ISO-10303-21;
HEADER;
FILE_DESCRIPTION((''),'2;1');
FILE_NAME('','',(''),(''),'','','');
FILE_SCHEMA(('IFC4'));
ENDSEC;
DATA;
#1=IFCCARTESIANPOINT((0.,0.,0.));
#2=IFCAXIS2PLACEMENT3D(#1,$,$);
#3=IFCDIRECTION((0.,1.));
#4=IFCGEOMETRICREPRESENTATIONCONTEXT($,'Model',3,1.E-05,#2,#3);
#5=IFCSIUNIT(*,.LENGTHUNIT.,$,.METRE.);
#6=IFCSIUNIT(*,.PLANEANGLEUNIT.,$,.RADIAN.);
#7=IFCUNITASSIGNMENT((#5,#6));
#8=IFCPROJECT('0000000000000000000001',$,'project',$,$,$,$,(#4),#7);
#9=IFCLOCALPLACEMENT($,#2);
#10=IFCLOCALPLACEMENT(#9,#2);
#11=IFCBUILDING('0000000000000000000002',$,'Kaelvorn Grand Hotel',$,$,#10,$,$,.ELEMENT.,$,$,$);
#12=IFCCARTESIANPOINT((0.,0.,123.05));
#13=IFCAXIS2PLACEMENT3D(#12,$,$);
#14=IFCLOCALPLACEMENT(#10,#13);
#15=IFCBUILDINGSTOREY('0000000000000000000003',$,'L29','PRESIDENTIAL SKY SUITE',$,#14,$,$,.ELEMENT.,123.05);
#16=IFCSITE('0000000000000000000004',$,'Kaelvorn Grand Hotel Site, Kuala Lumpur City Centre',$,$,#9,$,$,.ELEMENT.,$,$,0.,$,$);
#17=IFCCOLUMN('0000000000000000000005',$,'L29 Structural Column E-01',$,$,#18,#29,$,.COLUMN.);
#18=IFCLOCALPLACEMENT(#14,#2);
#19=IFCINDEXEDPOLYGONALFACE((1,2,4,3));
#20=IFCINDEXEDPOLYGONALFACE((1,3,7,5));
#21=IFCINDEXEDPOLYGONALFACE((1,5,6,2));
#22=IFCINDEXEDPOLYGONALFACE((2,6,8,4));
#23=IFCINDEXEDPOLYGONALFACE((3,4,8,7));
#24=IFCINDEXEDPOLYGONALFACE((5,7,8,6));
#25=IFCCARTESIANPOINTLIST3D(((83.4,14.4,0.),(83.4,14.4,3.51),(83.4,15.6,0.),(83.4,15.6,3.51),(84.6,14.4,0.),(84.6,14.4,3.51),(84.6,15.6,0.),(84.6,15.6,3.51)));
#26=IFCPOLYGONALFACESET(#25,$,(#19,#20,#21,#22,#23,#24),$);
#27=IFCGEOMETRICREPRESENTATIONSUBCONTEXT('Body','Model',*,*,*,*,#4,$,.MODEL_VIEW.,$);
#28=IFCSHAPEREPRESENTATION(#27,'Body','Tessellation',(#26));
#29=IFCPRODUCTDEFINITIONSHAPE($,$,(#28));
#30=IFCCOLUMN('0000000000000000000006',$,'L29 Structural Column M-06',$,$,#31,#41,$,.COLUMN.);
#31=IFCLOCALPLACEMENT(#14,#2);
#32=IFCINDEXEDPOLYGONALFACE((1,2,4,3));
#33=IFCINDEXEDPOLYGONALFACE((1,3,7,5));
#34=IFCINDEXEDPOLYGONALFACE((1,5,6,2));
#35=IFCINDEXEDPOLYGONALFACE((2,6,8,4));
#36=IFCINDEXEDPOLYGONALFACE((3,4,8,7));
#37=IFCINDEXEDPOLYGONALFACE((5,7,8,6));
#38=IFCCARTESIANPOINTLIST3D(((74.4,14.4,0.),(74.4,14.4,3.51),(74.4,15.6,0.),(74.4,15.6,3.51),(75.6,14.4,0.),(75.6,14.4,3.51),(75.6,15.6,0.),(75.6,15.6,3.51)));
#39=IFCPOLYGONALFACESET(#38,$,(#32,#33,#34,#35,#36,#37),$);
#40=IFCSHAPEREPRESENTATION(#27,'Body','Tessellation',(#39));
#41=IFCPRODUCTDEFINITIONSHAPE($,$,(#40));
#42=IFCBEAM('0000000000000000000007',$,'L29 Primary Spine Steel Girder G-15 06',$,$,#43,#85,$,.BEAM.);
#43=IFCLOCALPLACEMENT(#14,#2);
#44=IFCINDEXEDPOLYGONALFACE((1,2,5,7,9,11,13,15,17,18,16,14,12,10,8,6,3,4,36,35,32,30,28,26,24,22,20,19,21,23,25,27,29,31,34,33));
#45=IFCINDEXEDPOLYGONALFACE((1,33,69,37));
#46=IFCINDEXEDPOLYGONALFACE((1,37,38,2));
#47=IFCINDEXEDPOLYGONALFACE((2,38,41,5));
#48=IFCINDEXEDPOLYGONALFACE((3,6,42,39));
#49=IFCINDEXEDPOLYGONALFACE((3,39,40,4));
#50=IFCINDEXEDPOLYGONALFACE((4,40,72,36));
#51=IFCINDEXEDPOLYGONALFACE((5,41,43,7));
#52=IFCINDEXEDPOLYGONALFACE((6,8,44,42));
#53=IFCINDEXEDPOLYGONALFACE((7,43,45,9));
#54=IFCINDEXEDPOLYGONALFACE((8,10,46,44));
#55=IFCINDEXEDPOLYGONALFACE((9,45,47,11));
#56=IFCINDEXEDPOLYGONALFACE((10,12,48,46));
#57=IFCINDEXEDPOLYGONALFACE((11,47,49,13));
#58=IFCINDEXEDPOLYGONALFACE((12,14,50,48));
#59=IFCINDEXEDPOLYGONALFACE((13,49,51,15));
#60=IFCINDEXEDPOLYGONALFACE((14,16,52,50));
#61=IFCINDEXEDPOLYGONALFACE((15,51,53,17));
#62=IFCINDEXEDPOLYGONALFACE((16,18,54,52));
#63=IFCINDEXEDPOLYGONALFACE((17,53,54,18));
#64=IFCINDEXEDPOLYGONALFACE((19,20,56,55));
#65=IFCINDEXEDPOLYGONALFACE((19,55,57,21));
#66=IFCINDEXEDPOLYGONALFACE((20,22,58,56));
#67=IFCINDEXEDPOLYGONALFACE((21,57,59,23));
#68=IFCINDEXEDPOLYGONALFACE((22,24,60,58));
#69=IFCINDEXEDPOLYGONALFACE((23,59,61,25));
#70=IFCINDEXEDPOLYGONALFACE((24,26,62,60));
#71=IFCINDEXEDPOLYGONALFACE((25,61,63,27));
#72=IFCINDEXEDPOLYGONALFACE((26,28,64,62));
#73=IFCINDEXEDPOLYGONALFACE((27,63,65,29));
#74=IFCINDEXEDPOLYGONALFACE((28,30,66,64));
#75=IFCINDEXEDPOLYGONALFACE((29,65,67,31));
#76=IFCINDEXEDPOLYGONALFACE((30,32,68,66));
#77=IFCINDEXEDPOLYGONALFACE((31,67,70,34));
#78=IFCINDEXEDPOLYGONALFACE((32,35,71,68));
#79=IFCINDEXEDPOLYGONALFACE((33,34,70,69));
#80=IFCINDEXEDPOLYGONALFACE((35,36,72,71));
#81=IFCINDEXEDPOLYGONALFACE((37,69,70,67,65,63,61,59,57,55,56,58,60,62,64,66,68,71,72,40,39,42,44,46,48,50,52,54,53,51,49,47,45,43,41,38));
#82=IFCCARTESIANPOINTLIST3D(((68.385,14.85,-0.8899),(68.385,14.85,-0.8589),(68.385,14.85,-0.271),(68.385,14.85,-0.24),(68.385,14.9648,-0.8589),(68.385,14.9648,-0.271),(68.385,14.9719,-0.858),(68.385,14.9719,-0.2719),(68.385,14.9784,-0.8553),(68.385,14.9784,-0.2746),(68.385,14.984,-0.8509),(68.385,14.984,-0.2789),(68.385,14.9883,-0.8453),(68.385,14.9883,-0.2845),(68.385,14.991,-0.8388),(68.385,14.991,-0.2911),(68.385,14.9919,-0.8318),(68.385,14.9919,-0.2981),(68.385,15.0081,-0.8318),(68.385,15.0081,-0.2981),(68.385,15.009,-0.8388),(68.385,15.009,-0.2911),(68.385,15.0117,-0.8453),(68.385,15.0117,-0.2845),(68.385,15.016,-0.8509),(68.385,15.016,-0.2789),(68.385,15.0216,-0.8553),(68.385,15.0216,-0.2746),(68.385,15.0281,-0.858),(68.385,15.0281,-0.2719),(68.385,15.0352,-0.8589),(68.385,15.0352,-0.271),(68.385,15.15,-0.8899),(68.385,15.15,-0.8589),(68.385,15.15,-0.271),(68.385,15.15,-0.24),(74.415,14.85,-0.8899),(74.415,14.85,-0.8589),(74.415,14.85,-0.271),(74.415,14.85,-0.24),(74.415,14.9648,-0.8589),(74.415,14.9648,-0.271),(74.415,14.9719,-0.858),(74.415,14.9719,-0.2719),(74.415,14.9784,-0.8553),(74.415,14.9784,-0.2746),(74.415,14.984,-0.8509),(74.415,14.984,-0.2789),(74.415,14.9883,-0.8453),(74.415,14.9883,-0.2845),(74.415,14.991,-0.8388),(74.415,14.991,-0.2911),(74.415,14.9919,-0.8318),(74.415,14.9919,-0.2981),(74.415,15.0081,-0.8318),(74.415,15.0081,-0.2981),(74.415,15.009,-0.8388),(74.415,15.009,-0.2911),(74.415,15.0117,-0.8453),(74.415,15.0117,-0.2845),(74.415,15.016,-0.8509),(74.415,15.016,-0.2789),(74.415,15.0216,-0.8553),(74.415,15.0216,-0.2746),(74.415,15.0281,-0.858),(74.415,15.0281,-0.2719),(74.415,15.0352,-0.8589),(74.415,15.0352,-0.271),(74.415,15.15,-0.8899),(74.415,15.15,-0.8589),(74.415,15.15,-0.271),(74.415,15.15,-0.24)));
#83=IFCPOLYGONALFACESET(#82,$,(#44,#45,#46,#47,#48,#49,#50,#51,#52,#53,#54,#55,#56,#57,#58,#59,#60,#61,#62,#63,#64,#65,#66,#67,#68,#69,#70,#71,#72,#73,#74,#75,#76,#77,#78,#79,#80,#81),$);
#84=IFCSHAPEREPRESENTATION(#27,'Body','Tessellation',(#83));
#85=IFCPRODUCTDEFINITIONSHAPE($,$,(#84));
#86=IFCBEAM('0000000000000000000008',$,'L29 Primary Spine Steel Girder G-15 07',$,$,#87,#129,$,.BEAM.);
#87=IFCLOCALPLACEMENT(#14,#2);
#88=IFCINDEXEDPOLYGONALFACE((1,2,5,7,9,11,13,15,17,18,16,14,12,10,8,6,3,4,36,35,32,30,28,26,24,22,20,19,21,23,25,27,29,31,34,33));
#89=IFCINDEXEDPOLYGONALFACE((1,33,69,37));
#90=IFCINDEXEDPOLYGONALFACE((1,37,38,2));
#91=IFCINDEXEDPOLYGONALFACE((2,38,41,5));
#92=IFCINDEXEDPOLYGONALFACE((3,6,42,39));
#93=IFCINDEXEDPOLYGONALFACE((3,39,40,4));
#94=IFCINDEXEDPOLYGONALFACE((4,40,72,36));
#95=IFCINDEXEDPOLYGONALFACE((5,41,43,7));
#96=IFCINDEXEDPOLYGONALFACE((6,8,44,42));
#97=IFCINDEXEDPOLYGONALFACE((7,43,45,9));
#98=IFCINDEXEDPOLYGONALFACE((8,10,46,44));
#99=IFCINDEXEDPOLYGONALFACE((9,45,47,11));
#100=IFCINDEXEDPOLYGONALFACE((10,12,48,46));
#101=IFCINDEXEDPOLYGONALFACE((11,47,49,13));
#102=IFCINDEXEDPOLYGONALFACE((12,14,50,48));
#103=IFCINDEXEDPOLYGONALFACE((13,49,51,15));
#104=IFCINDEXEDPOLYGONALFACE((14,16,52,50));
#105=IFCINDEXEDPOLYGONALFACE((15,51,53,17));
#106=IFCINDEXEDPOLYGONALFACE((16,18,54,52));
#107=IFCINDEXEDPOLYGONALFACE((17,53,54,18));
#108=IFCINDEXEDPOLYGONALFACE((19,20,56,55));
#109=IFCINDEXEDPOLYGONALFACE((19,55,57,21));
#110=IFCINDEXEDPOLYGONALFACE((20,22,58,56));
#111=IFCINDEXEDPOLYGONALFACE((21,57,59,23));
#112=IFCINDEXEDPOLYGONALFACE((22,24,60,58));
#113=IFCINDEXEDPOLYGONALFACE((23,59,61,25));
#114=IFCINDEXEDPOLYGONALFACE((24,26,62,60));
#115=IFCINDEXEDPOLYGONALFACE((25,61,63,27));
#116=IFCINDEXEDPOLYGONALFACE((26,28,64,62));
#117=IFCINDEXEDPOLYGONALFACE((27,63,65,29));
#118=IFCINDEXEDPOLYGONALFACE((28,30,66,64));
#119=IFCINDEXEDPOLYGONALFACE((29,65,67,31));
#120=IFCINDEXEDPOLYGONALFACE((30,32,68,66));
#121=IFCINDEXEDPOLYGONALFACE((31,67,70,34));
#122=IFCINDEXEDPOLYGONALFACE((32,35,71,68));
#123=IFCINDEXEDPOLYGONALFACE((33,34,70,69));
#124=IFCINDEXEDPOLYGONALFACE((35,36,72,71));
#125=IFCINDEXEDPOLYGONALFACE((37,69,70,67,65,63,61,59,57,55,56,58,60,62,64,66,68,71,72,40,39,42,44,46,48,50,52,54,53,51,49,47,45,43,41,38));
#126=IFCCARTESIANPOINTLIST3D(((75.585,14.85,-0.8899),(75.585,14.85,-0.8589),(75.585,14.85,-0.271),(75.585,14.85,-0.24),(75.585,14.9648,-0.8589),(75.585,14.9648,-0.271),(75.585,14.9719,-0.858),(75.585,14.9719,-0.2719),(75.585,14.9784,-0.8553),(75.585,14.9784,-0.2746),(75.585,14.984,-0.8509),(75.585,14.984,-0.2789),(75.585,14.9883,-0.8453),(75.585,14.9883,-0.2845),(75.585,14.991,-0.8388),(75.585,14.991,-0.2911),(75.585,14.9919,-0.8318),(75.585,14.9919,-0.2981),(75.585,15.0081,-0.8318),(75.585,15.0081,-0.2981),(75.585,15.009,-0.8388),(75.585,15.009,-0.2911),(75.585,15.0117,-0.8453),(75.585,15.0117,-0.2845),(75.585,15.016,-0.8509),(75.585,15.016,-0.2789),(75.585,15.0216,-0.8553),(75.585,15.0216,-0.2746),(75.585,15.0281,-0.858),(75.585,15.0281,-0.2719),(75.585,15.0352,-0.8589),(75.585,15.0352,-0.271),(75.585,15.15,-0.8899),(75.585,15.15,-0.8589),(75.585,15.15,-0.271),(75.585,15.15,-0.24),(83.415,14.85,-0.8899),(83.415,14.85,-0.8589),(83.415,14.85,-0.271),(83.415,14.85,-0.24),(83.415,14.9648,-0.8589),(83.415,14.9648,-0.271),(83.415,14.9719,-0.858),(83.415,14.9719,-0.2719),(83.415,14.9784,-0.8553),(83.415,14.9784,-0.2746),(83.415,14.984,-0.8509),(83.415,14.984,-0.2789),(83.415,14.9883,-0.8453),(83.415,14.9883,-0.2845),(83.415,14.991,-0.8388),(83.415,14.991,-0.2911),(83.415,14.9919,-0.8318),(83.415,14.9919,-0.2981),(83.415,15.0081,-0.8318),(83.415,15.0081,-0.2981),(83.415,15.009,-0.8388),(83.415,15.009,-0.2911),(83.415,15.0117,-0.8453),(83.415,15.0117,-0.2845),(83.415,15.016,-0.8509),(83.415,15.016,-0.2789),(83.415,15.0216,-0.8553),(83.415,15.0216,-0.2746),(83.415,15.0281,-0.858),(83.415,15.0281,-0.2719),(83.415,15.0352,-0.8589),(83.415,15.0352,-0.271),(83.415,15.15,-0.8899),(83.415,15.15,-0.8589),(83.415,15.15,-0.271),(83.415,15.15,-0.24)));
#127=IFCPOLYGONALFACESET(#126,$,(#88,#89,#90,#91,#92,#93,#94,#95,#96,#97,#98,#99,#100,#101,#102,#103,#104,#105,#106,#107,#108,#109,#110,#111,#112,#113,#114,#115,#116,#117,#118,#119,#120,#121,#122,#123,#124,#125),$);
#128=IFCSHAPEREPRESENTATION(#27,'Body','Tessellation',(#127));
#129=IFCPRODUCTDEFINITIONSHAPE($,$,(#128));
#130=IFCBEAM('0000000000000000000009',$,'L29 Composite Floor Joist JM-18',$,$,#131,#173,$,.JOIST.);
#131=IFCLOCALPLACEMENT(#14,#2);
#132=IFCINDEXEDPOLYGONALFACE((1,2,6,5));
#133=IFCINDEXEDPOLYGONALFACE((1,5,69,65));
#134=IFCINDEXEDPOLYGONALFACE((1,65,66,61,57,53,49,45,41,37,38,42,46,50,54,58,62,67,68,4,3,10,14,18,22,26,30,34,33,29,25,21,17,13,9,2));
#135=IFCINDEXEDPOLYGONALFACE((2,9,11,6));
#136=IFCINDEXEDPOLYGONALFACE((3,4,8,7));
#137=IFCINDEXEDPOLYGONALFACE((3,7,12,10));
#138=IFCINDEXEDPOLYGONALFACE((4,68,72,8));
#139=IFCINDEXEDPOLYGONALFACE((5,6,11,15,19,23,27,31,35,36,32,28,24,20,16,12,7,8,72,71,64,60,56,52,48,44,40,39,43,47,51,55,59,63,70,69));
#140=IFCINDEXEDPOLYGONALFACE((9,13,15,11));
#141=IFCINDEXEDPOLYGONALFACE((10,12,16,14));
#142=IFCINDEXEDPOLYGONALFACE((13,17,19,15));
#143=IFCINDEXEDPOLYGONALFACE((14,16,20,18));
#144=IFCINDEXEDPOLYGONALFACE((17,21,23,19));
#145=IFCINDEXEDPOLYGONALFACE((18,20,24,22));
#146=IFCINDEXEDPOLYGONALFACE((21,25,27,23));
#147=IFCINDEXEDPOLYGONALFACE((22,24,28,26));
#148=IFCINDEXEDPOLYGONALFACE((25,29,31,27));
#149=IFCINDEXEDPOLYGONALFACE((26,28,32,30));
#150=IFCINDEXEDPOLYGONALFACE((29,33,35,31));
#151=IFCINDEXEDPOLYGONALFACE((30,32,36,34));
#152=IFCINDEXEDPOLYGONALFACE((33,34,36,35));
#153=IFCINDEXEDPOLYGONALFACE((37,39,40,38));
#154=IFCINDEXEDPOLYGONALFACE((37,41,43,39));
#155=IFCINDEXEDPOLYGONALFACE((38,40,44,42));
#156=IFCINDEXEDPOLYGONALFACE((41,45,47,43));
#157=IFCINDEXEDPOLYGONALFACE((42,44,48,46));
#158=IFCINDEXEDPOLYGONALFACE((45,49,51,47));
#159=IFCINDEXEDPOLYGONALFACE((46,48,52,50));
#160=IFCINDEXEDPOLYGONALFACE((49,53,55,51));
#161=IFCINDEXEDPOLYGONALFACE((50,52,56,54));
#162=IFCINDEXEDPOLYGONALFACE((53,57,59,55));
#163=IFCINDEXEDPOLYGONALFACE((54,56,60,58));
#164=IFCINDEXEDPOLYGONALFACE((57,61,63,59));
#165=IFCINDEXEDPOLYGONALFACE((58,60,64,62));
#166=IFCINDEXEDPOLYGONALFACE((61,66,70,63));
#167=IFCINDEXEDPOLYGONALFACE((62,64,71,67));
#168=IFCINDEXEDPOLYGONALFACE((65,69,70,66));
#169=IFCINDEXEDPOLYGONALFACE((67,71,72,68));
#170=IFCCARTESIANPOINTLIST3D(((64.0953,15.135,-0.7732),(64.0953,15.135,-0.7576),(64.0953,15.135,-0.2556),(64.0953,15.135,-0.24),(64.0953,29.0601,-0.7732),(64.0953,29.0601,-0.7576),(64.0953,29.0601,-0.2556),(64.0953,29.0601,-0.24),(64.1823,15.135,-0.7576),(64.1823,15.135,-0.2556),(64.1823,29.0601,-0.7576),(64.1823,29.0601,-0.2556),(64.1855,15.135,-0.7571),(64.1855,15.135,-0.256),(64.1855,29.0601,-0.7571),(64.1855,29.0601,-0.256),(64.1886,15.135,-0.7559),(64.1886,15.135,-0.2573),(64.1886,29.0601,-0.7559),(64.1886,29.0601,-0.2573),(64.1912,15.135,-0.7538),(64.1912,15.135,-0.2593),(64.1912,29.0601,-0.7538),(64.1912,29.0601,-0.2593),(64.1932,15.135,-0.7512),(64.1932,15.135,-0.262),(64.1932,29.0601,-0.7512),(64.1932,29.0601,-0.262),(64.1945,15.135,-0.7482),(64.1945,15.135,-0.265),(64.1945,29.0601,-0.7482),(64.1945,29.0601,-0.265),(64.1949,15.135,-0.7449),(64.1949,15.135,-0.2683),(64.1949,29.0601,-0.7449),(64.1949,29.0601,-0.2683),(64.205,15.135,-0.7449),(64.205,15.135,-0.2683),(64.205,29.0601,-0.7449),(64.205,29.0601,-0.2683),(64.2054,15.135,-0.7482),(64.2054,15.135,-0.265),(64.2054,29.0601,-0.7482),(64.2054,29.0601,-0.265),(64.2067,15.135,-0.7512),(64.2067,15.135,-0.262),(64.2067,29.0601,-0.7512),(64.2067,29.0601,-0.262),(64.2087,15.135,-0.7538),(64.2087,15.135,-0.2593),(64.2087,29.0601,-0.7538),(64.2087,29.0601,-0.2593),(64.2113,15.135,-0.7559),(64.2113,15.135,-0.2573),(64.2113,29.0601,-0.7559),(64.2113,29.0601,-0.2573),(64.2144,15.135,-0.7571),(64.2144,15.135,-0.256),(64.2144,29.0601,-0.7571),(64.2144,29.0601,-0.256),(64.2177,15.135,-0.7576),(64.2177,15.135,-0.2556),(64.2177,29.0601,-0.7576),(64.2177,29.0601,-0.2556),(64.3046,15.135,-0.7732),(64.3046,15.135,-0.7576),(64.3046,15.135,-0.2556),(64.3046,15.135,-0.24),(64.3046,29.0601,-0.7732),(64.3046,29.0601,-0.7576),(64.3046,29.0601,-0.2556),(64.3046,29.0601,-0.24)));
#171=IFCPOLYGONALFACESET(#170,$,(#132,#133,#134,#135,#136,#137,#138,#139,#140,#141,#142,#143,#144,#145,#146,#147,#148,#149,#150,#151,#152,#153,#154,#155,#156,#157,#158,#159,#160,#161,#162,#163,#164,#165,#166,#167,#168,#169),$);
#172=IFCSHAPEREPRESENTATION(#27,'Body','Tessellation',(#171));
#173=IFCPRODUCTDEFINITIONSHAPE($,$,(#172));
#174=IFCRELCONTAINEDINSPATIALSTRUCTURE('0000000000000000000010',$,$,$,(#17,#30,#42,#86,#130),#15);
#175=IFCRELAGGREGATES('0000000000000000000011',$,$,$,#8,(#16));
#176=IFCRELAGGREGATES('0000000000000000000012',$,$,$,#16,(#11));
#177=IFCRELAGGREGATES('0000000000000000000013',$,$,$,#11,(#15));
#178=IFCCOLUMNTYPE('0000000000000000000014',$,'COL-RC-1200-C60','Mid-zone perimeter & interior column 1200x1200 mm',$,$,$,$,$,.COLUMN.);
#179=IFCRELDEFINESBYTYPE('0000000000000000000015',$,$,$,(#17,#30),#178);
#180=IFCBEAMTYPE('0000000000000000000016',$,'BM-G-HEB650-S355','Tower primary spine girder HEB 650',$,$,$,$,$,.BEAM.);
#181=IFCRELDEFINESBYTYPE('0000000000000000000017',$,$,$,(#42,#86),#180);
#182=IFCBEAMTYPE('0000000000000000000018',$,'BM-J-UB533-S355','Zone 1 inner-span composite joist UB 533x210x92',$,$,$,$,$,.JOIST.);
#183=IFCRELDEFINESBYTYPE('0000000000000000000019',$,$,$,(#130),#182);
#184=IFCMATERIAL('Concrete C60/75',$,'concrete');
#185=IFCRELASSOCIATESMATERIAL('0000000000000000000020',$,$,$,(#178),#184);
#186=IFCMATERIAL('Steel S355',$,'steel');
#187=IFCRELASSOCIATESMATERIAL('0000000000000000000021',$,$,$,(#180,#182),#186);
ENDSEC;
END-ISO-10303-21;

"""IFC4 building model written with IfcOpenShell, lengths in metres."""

from ifc_helpers import new_model, si_unit, direction, frame, origin, origin_2d, place, context, subcontext, project, spatial, rectangle, i_section, extrude, material, material_profile, profile_set, type_object, element, save


model = new_model("IFC4")

# Units and contexts
model_context = context("Model", 3, precision=1e-05, world=origin(), true_north=direction((0.0, 1.0)))
body_context = subcontext(model_context, "Body", "Model", "MODEL_VIEW")
ifc_project = project(units=[si_unit("LENGTHUNIT", "METRE"), si_unit("PLANEANGLEUNIT", "RADIAN")], contexts=[model_context])

# Site, building, storey
site_placement = place(None, origin())
site = spatial("IfcSite", under=ifc_project, at=site_placement, Name="Kaelvorn Grand Hotel Site, Kuala Lumpur City Centre", CompositionType="ELEMENT", RefElevation=0.0)
building_placement = place(site_placement, origin())
building = spatial("IfcBuilding", under=site, at=building_placement, Name="Kaelvorn Grand Hotel", CompositionType="ELEMENT")
storey_placement = place(building_placement, frame((0.0, 0.0, 123.05)))
storey = spatial("IfcBuildingStorey", under=building, at=storey_placement, Name="L29", Description="PRESIDENTIAL SKY SUITE", CompositionType="ELEMENT", Elevation=123.05)

# Columns
ifc_material_1 = material(Name="Concrete C60/75", Category="concrete")
ifc_material_profile_1 = material_profile(ifc_material_1, rectangle(XDim=1.2, YDim=1.2, at=origin_2d()), Name="RC COL 1200x1200")
ifc_profile_set_1 = profile_set([ifc_material_profile_1], Name="Concrete C60/75")
column_type = type_object("IfcColumnType", Name="COL-RC-1200-C60", Description="Mid-zone perimeter & interior column 1200x1200 mm", PredefinedType="COLUMN", material=ifc_profile_set_1)
for number, where, z_axis, x_axis, name in (
    (1, (84.0, 15.0, 0.0), (0.0, 0.0, 1.0), (1.0, 0.0, 0.0), "L29 Structural Column E-01"),
    (2, (75.0, 15.0, 0.0), (0.0, 0.0, 1.0), (1.0, 0.0, 0.0), "L29 Structural Column M-06"),
):
    element("IfcColumn", number, at=place(storey_placement, frame(where, z_axis=z_axis, x_axis=x_axis)), inside=storey, type_object=column_type, Name=name, PredefinedType="COLUMN", context=body_context, shape_type="SweptSolid", body=[
        extrude(rectangle(XDim=1.2, YDim=1.2, at=origin_2d()), origin(), (0.0, 0.0, 1.0), 3.51),
    ])

# Beams
ifc_material_2 = material(Name="Steel S355", Category="steel")
ifc_material_profile_2 = material_profile(ifc_material_2, i_section(OverallWidth=0.3, OverallDepth=0.6499, WebThickness=0.0161, FlangeThickness=0.031, FilletRadius=0.0271, at=origin_2d()), Name="HEB 650")
ifc_profile_set_2 = profile_set([ifc_material_profile_2], Name="Steel S355")
beam_type_1 = type_object("IfcBeamType", Name="BM-G-HEB650-S355", Description="Tower primary spine girder HEB 650", PredefinedType="BEAM", material=ifc_profile_set_2)
beam_1_placement = place(storey_placement, frame((68.385, 15.0, -0.5649), z_axis=(1.0, 0.0, 0.0), x_axis=(0.0, 1.0, 0.0)))
element("IfcBeam", 3, at=beam_1_placement, inside=storey, type_object=beam_type_1, Name="L29 Primary Spine Steel Girder G-15 06", PredefinedType="BEAM", context=body_context, shape_type="SweptSolid", body=[
    extrude(i_section(OverallWidth=0.3, OverallDepth=0.6499, WebThickness=0.0161, FlangeThickness=0.031, FilletRadius=0.0271, at=origin_2d()), origin(), (0.0, 0.0, 1.0), 6.03),
])
beam_2_placement = place(storey_placement, frame((75.585, 15.0, -0.5649), z_axis=(1.0, 0.0, 0.0), x_axis=(0.0, 1.0, 0.0)))
element("IfcBeam", 4, at=beam_2_placement, inside=storey, type_object=beam_type_1, Name="L29 Primary Spine Steel Girder G-15 07", PredefinedType="BEAM", context=body_context, shape_type="SweptSolid", body=[
    extrude(i_section(OverallWidth=0.3, OverallDepth=0.6499, WebThickness=0.0161, FlangeThickness=0.031, FilletRadius=0.0271, at=origin_2d()), origin(), (0.0, 0.0, 1.0), 7.8301),
])
ifc_material_profile_3 = material_profile(ifc_material_2, i_section(OverallWidth=0.2092, OverallDepth=0.5332, WebThickness=0.01, FlangeThickness=0.0156, FilletRadius=0.0127, at=origin_2d()), Name="UB 533x210x92")
ifc_profile_set_3 = profile_set([ifc_material_profile_3], Name="Steel S355")
beam_type_2 = type_object("IfcBeamType", Name="BM-J-UB533-S355", Description="Zone 1 inner-span composite joist UB 533x210x92", PredefinedType="JOIST", material=ifc_profile_set_3)
beam_3_placement = place(storey_placement, frame((64.2, 15.135, -0.5066), z_axis=(0.0, 1.0, 0.0), x_axis=(-1.0, 0.0, 0.0)))
element("IfcBeam", 5, at=beam_3_placement, inside=storey, type_object=beam_type_2, Name="L29 Composite Floor Joist JM-18", PredefinedType="JOIST", context=body_context, shape_type="SweptSolid", body=[
    extrude(i_section(OverallWidth=0.2092, OverallDepth=0.5332, WebThickness=0.01, FlangeThickness=0.0156, FilletRadius=0.0127, at=origin_2d()), origin(), (0.0, 0.0, 1.0), 13.925),
])

save(model, "model.ifc")
